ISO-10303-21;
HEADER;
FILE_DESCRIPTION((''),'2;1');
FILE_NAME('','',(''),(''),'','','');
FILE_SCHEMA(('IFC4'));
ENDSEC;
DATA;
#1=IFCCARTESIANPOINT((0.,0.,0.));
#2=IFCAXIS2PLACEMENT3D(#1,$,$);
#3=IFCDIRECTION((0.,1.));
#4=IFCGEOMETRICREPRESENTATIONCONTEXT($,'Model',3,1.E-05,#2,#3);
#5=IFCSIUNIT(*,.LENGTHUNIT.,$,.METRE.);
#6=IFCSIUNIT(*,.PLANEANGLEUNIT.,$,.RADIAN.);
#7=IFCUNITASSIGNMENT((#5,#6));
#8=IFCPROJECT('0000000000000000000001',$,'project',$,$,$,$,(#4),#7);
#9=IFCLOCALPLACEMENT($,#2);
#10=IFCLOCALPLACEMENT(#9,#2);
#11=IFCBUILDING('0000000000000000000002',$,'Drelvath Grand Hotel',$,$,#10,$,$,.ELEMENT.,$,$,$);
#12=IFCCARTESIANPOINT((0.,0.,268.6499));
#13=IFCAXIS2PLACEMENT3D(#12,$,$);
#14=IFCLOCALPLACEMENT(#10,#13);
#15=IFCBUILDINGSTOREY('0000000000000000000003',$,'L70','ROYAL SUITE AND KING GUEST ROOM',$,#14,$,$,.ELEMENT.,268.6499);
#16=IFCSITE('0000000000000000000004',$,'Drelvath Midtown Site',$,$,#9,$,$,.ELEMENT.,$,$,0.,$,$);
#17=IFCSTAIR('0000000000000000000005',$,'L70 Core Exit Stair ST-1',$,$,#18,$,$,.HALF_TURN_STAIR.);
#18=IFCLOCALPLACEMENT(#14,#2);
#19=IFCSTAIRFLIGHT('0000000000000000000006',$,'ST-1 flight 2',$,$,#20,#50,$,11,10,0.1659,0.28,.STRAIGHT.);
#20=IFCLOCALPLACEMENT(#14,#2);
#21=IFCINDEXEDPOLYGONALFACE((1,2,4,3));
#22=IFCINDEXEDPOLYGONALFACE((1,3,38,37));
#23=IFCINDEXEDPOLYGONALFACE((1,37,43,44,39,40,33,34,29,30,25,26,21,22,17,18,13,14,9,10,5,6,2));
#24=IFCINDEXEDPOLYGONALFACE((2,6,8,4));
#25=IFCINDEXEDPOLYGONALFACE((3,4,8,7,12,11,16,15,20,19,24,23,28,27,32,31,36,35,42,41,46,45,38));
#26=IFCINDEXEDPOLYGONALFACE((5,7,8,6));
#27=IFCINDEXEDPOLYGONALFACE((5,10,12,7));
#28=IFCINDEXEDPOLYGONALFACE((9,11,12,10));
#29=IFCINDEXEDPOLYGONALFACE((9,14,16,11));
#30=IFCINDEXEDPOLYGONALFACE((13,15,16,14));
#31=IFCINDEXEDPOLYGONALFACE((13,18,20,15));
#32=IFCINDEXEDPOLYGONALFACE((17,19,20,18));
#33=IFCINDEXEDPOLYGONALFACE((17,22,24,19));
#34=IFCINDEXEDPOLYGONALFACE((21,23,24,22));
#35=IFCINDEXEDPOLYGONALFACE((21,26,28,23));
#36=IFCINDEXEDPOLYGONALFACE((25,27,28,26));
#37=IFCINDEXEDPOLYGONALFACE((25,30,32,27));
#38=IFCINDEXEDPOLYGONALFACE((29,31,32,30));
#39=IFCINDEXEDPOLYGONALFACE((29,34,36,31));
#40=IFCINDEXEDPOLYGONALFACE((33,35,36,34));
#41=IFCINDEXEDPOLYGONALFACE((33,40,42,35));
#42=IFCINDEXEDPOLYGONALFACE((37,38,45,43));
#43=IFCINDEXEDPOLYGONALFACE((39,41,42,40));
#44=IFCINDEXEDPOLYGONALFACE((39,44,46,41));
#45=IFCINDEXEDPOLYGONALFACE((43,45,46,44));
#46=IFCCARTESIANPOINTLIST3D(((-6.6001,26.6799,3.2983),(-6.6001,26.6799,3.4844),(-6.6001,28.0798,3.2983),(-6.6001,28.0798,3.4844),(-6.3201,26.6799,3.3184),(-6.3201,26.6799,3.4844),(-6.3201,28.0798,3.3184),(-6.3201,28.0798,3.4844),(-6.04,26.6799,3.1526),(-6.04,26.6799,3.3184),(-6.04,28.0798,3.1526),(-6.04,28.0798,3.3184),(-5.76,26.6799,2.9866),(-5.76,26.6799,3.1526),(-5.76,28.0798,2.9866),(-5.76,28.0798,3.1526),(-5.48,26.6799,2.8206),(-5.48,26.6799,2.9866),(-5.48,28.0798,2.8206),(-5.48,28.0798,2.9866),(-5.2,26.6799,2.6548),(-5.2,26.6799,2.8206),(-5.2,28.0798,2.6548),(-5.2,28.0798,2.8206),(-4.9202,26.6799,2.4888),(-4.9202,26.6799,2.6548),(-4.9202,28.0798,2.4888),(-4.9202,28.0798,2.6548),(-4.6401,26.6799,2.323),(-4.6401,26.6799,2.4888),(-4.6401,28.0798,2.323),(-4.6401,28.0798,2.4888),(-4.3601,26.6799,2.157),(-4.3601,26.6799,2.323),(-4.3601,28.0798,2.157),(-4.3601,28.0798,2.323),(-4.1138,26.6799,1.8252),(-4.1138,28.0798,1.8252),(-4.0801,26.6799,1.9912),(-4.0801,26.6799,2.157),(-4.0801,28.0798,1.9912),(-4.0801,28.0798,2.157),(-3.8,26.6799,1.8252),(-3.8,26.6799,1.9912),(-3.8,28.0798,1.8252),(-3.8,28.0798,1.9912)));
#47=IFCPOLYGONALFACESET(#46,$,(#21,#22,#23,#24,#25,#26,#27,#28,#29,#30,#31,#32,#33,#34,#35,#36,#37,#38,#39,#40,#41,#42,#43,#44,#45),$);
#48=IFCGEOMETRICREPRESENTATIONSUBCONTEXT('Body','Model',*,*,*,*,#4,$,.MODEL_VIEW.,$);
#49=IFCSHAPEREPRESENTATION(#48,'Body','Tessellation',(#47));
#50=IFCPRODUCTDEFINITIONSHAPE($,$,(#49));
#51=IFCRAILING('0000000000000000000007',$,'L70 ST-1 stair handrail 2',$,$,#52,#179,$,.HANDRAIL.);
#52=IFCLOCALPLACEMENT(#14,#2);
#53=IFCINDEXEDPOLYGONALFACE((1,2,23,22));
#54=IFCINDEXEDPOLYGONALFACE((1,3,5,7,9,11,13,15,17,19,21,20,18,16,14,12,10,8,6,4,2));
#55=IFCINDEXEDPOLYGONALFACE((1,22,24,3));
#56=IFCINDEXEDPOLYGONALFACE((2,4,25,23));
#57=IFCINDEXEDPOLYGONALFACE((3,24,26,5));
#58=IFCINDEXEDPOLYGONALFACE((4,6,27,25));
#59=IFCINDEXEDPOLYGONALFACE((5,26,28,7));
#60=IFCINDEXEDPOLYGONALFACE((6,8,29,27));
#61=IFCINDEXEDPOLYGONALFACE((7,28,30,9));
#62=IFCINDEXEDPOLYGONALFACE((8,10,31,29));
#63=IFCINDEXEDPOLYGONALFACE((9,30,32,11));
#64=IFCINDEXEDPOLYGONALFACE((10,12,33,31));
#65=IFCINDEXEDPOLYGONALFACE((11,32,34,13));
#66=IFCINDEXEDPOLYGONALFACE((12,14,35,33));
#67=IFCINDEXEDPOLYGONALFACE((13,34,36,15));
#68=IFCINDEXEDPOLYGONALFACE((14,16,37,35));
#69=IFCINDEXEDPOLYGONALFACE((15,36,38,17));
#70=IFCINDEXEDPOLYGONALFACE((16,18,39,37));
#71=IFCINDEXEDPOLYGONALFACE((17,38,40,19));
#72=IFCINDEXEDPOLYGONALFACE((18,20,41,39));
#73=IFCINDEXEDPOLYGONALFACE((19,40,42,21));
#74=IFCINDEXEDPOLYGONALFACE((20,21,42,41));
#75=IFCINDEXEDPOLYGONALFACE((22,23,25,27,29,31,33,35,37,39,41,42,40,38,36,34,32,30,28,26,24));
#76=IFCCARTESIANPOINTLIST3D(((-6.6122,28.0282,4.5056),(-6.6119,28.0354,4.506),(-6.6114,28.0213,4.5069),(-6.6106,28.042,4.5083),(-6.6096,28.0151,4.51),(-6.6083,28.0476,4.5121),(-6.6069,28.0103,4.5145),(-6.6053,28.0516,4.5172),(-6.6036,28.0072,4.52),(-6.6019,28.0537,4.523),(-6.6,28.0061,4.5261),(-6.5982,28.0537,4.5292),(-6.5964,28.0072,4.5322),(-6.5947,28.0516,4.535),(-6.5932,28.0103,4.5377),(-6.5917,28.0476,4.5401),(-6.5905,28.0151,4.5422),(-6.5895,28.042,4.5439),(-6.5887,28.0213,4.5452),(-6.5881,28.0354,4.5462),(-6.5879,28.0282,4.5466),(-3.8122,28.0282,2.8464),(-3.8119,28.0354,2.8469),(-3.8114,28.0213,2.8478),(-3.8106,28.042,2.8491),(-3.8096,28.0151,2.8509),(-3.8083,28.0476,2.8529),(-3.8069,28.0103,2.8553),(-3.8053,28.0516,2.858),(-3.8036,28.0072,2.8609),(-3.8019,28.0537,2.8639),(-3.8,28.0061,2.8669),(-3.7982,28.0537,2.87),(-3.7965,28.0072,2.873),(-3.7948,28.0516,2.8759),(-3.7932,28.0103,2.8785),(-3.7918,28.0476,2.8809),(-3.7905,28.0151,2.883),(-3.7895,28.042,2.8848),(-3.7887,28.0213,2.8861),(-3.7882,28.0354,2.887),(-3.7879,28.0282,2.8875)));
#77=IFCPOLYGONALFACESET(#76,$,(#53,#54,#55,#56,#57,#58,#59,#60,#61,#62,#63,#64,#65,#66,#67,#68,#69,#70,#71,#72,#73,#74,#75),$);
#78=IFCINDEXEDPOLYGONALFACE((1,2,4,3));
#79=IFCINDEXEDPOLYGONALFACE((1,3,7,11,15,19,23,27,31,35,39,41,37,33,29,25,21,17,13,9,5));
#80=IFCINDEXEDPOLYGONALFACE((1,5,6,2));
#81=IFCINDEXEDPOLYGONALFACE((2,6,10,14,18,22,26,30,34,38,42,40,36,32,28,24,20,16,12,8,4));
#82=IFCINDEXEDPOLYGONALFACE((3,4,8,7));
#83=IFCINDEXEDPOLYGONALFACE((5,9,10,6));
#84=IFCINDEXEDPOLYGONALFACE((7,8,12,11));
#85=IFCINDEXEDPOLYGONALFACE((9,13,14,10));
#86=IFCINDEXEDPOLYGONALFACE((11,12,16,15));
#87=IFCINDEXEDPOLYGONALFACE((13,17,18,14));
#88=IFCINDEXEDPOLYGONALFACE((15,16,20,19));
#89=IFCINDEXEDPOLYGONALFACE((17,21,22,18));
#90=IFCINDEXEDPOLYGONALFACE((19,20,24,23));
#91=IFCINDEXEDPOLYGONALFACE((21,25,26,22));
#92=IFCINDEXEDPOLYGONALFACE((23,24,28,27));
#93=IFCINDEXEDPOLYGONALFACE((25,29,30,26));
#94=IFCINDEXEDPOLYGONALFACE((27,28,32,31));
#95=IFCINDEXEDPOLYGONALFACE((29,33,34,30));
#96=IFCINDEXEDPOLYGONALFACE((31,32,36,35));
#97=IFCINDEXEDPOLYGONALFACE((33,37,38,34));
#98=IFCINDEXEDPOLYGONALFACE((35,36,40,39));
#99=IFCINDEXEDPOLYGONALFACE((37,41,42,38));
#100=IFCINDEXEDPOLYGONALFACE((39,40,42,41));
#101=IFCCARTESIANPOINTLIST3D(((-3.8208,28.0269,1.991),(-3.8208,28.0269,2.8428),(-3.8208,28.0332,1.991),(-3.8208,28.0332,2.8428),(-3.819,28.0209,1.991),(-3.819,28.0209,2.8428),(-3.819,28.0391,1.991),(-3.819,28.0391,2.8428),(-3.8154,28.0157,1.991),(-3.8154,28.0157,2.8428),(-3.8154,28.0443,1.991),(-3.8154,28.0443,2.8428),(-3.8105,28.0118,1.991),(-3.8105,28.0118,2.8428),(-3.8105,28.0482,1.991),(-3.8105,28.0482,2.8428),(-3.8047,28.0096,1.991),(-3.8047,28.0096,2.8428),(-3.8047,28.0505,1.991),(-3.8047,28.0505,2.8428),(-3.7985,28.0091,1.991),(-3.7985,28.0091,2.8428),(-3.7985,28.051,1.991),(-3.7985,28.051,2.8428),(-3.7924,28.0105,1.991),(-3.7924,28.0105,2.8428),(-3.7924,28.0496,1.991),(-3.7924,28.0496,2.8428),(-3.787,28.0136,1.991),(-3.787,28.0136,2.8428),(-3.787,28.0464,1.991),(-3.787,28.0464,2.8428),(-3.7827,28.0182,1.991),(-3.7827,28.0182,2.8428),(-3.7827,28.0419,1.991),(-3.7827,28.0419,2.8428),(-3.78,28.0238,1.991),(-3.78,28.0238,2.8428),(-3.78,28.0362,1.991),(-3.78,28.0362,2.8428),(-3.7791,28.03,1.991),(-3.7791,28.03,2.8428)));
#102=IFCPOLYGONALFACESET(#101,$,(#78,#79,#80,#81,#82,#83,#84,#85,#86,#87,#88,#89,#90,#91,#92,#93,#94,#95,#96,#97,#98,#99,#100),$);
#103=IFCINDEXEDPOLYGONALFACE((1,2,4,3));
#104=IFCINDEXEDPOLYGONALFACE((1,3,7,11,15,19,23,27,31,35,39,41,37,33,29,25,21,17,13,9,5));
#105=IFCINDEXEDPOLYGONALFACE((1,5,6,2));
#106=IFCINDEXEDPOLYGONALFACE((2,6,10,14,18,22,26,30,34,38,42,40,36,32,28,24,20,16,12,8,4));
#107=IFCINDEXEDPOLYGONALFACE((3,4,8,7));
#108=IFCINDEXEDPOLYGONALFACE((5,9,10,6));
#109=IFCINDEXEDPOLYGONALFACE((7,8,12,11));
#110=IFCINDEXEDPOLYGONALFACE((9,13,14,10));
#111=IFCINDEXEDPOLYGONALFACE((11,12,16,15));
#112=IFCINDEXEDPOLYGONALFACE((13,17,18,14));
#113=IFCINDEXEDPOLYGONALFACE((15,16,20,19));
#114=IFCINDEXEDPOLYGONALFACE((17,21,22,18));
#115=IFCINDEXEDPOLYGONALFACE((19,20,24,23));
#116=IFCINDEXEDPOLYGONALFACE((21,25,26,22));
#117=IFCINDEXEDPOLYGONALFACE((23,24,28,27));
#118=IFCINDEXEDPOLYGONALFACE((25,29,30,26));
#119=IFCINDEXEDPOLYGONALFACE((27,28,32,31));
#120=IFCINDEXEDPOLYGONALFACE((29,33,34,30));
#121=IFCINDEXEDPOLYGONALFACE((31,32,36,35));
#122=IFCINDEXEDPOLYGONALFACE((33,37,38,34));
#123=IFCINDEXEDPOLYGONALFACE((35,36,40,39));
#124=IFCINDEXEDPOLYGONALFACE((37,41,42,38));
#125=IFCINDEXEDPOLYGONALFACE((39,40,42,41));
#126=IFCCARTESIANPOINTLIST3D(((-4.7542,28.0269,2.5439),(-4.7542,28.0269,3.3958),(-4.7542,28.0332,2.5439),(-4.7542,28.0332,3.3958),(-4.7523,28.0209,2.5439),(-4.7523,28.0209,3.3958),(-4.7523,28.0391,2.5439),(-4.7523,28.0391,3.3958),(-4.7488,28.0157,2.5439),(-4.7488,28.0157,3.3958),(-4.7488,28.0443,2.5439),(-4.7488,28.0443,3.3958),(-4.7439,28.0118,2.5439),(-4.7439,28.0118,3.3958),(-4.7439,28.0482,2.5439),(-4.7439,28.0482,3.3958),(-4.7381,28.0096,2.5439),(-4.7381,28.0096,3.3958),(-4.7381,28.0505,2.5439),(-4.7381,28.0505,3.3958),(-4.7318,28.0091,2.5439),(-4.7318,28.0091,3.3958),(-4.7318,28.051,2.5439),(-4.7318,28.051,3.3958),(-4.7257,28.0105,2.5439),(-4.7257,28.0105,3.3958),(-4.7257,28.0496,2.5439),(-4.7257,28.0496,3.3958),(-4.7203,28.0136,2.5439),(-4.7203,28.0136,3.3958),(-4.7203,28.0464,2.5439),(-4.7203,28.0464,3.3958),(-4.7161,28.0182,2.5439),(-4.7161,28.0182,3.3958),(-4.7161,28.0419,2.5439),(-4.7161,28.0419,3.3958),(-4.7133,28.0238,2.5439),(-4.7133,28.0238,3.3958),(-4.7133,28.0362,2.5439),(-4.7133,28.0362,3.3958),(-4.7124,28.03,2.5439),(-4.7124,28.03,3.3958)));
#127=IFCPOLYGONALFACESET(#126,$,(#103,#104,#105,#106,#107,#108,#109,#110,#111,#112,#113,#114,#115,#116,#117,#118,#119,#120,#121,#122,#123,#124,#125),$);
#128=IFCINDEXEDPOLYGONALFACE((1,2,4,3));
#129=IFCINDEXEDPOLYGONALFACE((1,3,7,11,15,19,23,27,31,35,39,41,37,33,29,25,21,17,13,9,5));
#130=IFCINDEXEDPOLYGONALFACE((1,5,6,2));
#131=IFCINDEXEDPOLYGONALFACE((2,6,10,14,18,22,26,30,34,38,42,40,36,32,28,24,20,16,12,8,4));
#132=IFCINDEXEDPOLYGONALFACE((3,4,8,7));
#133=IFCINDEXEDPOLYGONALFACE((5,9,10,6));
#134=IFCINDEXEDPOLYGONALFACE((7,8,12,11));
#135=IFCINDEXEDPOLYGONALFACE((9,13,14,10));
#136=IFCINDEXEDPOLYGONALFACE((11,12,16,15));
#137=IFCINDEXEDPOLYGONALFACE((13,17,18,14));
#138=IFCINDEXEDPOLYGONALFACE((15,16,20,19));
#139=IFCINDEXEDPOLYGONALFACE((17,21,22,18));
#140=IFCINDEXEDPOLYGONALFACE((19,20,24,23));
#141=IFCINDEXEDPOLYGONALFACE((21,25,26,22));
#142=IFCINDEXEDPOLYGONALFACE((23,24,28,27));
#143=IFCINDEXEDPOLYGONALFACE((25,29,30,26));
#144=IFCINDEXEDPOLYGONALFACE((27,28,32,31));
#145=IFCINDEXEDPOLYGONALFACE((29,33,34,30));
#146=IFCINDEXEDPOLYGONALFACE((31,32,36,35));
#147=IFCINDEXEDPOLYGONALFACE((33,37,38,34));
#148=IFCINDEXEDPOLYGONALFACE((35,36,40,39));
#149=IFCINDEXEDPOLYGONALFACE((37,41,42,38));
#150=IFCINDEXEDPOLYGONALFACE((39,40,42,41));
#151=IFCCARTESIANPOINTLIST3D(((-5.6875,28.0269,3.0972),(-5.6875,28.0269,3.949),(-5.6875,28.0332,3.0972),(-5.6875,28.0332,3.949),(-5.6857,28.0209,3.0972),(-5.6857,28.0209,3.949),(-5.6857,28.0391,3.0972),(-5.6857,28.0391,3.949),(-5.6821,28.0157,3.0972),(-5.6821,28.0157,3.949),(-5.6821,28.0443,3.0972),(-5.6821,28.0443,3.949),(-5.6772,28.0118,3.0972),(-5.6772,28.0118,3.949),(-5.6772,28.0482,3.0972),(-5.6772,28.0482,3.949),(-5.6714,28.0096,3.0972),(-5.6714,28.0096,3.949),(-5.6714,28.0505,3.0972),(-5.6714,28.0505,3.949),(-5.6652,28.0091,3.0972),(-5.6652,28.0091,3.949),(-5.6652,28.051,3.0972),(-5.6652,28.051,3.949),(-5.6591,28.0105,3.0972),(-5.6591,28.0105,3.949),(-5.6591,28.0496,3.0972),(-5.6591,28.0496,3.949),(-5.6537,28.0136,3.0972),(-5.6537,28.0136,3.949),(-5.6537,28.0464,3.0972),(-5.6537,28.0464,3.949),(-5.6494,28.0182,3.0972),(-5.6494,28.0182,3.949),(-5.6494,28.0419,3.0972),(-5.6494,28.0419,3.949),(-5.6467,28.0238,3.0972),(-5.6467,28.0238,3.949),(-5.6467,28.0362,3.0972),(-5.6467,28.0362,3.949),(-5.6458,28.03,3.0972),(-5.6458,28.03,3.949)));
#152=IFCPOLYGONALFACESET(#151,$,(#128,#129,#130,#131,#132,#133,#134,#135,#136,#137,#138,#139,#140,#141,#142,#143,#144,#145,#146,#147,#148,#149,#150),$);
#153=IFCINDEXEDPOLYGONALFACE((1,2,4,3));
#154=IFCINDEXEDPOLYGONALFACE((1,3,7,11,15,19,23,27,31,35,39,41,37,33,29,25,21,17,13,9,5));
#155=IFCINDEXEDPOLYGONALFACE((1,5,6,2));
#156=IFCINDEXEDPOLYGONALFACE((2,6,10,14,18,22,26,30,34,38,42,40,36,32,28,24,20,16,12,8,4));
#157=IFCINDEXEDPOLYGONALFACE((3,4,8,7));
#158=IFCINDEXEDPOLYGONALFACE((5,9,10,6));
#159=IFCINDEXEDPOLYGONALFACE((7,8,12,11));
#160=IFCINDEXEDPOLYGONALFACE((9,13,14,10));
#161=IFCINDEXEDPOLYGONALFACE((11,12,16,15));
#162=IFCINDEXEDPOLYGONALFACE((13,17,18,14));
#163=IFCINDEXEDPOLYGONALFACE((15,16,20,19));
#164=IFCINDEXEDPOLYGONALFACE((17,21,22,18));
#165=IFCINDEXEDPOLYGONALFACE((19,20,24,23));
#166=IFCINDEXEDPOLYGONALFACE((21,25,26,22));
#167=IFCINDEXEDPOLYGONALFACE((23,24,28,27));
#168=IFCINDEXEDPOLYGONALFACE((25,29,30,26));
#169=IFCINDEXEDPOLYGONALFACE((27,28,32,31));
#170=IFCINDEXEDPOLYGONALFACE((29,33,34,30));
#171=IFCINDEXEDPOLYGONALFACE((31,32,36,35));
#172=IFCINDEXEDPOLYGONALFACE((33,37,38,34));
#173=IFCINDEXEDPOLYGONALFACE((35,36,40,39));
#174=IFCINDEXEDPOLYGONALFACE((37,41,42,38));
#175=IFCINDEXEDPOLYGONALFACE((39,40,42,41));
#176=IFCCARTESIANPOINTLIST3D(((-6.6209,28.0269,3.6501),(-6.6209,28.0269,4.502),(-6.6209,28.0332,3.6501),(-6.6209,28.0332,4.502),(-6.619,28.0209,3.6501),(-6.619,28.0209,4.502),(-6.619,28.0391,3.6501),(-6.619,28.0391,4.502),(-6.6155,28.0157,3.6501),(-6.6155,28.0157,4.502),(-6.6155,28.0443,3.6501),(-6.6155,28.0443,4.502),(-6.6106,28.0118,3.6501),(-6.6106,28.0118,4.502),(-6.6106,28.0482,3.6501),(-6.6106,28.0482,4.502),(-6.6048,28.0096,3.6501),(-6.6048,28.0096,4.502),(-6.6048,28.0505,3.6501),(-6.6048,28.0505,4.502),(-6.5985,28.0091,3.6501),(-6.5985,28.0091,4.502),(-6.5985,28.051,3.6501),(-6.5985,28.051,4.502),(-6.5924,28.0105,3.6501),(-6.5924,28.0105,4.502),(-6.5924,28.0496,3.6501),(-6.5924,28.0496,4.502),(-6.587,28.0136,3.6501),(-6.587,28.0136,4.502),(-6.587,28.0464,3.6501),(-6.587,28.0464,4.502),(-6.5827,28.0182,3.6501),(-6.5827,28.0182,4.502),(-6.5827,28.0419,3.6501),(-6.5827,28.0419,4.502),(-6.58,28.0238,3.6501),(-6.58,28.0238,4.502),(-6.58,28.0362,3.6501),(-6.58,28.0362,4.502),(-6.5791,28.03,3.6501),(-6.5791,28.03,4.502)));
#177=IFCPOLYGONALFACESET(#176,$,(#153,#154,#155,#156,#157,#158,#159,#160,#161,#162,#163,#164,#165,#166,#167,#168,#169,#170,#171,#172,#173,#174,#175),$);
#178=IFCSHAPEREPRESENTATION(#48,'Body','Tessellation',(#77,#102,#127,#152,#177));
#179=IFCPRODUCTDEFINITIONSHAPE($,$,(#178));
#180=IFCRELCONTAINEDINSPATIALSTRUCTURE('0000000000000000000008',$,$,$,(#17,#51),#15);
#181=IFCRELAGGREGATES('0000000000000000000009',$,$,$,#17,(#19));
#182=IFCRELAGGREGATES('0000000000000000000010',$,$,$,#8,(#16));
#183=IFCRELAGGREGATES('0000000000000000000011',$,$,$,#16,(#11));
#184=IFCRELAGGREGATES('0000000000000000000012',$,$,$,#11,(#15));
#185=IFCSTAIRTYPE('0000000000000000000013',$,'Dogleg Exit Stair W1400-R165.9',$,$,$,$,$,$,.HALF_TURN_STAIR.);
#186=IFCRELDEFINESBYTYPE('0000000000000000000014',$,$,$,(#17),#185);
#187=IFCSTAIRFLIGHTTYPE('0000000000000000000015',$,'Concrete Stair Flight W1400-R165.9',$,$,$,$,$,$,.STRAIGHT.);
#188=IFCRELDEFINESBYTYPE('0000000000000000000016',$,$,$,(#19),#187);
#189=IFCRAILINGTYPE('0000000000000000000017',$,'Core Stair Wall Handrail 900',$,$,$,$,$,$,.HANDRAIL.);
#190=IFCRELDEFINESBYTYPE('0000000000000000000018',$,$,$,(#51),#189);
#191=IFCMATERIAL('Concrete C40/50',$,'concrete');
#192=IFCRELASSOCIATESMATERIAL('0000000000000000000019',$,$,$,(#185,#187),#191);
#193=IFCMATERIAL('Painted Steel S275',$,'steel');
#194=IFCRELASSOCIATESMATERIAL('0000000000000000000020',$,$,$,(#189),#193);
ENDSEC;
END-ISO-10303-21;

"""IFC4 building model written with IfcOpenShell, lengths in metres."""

from ifc_helpers import new_model, si_unit, direction, frame, origin, origin_2d, place, context, subcontext, project, spatial, polyline, circle, outline, extrude, material, type_object, element, aggregate, save


model = new_model("IFC4")

# Units and contexts
model_context = context("Model", 3, precision=1e-05, world=origin(), true_north=direction((0.0, 1.0)))
body_context = subcontext(model_context, "Body", "Model", "MODEL_VIEW")
ifc_project = project(units=[si_unit("LENGTHUNIT", "METRE"), si_unit("PLANEANGLEUNIT", "RADIAN")], contexts=[model_context])

# Site, building, storey
site_placement = place(None, origin())
site = spatial("IfcSite", under=ifc_project, at=site_placement, Name="Drelvath Midtown Site", CompositionType="ELEMENT", RefElevation=0.0)
building_placement = place(site_placement, origin())
building = spatial("IfcBuilding", under=site, at=building_placement, Name="Drelvath Grand Hotel", CompositionType="ELEMENT")
storey_placement = place(building_placement, frame((0.0, 0.0, 268.6499)))
storey = spatial("IfcBuildingStorey", under=building, at=storey_placement, Name="L70", Description="ROYAL SUITE AND KING GUEST ROOM", CompositionType="ELEMENT", Elevation=268.6499)

# Shared definitions
ifc_material_1 = material(Name="Painted Steel S275", Category="steel")

# Shared definitions
ifc_material_2 = material(Name="Concrete C40/50", Category="concrete")

# Stair, stair flight
stair_type = type_object("IfcStairType", Name="Dogleg Exit Stair W1400-R165.9", PredefinedType="HALF_TURN_STAIR", material=ifc_material_2)
stair_placement = place(storey_placement, origin())
stair = element("IfcStair", 1, at=stair_placement, inside=storey, type_object=stair_type, Name="L70 Core Exit Stair ST-1", PredefinedType="HALF_TURN_STAIR")
stair_flight_type = type_object("IfcStairFlightType", Name="Concrete Stair Flight W1400-R165.9", PredefinedType="STRAIGHT", material=ifc_material_2)
stair_flight_placement = place(storey_placement, frame((-3.8, 27.3799, 1.8252), z_axis=(0.0, 0.0, 1.0), x_axis=(-1.0, 0.0, 0.0)))
stair_flight = element("IfcStairFlight", 2, at=stair_flight_placement, type_object=stair_flight_type, Name="ST-1 flight 2", NumberOfRisers=11, NumberOfTreads=10, PredefinedType="STRAIGHT", RiserHeight=0.1659, TreadLength=0.28, context=body_context, shape_type="SweptSolid", body=[
    extrude(outline(polyline([(0.0, 0.0), (0.0, 0.166), (0.28, 0.166), (0.28, 0.3318), (0.5601, 0.3318), (0.5601, 0.4978), (0.8401, 0.4978), (0.8401, 0.6636), (1.1201, 0.6636), (1.1201, 0.8296), (1.3999, 0.8296), (1.3999, 0.9954), (1.6799, 0.9954), (1.6799, 1.1614), (1.96, 1.1614), (1.96, 1.3274), (2.24, 1.3274), (2.24, 1.4932), (2.52, 1.4932), (2.52, 1.6592), (2.8, 1.6592), (2.8, 1.825), (2.8, 1.4731), (0.3137, 0.0), (0.0, 0.0)])), frame((0.0, 0.7, 0.0), z_axis=(0.0, -1.0, 0.0), x_axis=(1.0, 0.0, 0.0)), (0.0, 0.0, 1.0), 1.3999),
])
aggregate(stair, [stair_flight])

# Railing
railing_type = type_object("IfcRailingType", Name="Core Stair Wall Handrail 900", PredefinedType="HANDRAIL", material=ifc_material_1)
railing_placement = place(storey_placement, frame((-3.8, 28.03, 1.991)))
element("IfcRailing", 3, at=railing_placement, inside=storey, type_object=railing_type, Name="L70 ST-1 stair handrail 2", PredefinedType="HANDRAIL", context=body_context, shape_type="SweptSolid", body=[
    extrude(circle(Radius=0.0239, at=origin_2d()), frame((0.0, 0.0, 0.876), z_axis=(-0.860306, 0.0, 0.509778), x_axis=(0.0, -1.0, 0.0)), (0.0, 0.0, 1.0), 3.2546),
    extrude(circle(Radius=0.021, at=origin_2d()), origin(), (0.0, 0.0, 1.0), 0.8518),
    extrude(circle(Radius=0.021, at=origin_2d()), frame((-0.9333, 0.0, 0.553)), (0.0, 0.0, 1.0), 0.8518),
    extrude(circle(Radius=0.021, at=origin_2d()), frame((-1.8667, 0.0, 1.1062)), (0.0, 0.0, 1.0), 0.8518),
    extrude(circle(Radius=0.021, at=origin_2d()), frame((-2.8, 0.0, 1.6592)), (0.0, 0.0, 1.0), 0.8518),
])

save(model, "model.ifc")
